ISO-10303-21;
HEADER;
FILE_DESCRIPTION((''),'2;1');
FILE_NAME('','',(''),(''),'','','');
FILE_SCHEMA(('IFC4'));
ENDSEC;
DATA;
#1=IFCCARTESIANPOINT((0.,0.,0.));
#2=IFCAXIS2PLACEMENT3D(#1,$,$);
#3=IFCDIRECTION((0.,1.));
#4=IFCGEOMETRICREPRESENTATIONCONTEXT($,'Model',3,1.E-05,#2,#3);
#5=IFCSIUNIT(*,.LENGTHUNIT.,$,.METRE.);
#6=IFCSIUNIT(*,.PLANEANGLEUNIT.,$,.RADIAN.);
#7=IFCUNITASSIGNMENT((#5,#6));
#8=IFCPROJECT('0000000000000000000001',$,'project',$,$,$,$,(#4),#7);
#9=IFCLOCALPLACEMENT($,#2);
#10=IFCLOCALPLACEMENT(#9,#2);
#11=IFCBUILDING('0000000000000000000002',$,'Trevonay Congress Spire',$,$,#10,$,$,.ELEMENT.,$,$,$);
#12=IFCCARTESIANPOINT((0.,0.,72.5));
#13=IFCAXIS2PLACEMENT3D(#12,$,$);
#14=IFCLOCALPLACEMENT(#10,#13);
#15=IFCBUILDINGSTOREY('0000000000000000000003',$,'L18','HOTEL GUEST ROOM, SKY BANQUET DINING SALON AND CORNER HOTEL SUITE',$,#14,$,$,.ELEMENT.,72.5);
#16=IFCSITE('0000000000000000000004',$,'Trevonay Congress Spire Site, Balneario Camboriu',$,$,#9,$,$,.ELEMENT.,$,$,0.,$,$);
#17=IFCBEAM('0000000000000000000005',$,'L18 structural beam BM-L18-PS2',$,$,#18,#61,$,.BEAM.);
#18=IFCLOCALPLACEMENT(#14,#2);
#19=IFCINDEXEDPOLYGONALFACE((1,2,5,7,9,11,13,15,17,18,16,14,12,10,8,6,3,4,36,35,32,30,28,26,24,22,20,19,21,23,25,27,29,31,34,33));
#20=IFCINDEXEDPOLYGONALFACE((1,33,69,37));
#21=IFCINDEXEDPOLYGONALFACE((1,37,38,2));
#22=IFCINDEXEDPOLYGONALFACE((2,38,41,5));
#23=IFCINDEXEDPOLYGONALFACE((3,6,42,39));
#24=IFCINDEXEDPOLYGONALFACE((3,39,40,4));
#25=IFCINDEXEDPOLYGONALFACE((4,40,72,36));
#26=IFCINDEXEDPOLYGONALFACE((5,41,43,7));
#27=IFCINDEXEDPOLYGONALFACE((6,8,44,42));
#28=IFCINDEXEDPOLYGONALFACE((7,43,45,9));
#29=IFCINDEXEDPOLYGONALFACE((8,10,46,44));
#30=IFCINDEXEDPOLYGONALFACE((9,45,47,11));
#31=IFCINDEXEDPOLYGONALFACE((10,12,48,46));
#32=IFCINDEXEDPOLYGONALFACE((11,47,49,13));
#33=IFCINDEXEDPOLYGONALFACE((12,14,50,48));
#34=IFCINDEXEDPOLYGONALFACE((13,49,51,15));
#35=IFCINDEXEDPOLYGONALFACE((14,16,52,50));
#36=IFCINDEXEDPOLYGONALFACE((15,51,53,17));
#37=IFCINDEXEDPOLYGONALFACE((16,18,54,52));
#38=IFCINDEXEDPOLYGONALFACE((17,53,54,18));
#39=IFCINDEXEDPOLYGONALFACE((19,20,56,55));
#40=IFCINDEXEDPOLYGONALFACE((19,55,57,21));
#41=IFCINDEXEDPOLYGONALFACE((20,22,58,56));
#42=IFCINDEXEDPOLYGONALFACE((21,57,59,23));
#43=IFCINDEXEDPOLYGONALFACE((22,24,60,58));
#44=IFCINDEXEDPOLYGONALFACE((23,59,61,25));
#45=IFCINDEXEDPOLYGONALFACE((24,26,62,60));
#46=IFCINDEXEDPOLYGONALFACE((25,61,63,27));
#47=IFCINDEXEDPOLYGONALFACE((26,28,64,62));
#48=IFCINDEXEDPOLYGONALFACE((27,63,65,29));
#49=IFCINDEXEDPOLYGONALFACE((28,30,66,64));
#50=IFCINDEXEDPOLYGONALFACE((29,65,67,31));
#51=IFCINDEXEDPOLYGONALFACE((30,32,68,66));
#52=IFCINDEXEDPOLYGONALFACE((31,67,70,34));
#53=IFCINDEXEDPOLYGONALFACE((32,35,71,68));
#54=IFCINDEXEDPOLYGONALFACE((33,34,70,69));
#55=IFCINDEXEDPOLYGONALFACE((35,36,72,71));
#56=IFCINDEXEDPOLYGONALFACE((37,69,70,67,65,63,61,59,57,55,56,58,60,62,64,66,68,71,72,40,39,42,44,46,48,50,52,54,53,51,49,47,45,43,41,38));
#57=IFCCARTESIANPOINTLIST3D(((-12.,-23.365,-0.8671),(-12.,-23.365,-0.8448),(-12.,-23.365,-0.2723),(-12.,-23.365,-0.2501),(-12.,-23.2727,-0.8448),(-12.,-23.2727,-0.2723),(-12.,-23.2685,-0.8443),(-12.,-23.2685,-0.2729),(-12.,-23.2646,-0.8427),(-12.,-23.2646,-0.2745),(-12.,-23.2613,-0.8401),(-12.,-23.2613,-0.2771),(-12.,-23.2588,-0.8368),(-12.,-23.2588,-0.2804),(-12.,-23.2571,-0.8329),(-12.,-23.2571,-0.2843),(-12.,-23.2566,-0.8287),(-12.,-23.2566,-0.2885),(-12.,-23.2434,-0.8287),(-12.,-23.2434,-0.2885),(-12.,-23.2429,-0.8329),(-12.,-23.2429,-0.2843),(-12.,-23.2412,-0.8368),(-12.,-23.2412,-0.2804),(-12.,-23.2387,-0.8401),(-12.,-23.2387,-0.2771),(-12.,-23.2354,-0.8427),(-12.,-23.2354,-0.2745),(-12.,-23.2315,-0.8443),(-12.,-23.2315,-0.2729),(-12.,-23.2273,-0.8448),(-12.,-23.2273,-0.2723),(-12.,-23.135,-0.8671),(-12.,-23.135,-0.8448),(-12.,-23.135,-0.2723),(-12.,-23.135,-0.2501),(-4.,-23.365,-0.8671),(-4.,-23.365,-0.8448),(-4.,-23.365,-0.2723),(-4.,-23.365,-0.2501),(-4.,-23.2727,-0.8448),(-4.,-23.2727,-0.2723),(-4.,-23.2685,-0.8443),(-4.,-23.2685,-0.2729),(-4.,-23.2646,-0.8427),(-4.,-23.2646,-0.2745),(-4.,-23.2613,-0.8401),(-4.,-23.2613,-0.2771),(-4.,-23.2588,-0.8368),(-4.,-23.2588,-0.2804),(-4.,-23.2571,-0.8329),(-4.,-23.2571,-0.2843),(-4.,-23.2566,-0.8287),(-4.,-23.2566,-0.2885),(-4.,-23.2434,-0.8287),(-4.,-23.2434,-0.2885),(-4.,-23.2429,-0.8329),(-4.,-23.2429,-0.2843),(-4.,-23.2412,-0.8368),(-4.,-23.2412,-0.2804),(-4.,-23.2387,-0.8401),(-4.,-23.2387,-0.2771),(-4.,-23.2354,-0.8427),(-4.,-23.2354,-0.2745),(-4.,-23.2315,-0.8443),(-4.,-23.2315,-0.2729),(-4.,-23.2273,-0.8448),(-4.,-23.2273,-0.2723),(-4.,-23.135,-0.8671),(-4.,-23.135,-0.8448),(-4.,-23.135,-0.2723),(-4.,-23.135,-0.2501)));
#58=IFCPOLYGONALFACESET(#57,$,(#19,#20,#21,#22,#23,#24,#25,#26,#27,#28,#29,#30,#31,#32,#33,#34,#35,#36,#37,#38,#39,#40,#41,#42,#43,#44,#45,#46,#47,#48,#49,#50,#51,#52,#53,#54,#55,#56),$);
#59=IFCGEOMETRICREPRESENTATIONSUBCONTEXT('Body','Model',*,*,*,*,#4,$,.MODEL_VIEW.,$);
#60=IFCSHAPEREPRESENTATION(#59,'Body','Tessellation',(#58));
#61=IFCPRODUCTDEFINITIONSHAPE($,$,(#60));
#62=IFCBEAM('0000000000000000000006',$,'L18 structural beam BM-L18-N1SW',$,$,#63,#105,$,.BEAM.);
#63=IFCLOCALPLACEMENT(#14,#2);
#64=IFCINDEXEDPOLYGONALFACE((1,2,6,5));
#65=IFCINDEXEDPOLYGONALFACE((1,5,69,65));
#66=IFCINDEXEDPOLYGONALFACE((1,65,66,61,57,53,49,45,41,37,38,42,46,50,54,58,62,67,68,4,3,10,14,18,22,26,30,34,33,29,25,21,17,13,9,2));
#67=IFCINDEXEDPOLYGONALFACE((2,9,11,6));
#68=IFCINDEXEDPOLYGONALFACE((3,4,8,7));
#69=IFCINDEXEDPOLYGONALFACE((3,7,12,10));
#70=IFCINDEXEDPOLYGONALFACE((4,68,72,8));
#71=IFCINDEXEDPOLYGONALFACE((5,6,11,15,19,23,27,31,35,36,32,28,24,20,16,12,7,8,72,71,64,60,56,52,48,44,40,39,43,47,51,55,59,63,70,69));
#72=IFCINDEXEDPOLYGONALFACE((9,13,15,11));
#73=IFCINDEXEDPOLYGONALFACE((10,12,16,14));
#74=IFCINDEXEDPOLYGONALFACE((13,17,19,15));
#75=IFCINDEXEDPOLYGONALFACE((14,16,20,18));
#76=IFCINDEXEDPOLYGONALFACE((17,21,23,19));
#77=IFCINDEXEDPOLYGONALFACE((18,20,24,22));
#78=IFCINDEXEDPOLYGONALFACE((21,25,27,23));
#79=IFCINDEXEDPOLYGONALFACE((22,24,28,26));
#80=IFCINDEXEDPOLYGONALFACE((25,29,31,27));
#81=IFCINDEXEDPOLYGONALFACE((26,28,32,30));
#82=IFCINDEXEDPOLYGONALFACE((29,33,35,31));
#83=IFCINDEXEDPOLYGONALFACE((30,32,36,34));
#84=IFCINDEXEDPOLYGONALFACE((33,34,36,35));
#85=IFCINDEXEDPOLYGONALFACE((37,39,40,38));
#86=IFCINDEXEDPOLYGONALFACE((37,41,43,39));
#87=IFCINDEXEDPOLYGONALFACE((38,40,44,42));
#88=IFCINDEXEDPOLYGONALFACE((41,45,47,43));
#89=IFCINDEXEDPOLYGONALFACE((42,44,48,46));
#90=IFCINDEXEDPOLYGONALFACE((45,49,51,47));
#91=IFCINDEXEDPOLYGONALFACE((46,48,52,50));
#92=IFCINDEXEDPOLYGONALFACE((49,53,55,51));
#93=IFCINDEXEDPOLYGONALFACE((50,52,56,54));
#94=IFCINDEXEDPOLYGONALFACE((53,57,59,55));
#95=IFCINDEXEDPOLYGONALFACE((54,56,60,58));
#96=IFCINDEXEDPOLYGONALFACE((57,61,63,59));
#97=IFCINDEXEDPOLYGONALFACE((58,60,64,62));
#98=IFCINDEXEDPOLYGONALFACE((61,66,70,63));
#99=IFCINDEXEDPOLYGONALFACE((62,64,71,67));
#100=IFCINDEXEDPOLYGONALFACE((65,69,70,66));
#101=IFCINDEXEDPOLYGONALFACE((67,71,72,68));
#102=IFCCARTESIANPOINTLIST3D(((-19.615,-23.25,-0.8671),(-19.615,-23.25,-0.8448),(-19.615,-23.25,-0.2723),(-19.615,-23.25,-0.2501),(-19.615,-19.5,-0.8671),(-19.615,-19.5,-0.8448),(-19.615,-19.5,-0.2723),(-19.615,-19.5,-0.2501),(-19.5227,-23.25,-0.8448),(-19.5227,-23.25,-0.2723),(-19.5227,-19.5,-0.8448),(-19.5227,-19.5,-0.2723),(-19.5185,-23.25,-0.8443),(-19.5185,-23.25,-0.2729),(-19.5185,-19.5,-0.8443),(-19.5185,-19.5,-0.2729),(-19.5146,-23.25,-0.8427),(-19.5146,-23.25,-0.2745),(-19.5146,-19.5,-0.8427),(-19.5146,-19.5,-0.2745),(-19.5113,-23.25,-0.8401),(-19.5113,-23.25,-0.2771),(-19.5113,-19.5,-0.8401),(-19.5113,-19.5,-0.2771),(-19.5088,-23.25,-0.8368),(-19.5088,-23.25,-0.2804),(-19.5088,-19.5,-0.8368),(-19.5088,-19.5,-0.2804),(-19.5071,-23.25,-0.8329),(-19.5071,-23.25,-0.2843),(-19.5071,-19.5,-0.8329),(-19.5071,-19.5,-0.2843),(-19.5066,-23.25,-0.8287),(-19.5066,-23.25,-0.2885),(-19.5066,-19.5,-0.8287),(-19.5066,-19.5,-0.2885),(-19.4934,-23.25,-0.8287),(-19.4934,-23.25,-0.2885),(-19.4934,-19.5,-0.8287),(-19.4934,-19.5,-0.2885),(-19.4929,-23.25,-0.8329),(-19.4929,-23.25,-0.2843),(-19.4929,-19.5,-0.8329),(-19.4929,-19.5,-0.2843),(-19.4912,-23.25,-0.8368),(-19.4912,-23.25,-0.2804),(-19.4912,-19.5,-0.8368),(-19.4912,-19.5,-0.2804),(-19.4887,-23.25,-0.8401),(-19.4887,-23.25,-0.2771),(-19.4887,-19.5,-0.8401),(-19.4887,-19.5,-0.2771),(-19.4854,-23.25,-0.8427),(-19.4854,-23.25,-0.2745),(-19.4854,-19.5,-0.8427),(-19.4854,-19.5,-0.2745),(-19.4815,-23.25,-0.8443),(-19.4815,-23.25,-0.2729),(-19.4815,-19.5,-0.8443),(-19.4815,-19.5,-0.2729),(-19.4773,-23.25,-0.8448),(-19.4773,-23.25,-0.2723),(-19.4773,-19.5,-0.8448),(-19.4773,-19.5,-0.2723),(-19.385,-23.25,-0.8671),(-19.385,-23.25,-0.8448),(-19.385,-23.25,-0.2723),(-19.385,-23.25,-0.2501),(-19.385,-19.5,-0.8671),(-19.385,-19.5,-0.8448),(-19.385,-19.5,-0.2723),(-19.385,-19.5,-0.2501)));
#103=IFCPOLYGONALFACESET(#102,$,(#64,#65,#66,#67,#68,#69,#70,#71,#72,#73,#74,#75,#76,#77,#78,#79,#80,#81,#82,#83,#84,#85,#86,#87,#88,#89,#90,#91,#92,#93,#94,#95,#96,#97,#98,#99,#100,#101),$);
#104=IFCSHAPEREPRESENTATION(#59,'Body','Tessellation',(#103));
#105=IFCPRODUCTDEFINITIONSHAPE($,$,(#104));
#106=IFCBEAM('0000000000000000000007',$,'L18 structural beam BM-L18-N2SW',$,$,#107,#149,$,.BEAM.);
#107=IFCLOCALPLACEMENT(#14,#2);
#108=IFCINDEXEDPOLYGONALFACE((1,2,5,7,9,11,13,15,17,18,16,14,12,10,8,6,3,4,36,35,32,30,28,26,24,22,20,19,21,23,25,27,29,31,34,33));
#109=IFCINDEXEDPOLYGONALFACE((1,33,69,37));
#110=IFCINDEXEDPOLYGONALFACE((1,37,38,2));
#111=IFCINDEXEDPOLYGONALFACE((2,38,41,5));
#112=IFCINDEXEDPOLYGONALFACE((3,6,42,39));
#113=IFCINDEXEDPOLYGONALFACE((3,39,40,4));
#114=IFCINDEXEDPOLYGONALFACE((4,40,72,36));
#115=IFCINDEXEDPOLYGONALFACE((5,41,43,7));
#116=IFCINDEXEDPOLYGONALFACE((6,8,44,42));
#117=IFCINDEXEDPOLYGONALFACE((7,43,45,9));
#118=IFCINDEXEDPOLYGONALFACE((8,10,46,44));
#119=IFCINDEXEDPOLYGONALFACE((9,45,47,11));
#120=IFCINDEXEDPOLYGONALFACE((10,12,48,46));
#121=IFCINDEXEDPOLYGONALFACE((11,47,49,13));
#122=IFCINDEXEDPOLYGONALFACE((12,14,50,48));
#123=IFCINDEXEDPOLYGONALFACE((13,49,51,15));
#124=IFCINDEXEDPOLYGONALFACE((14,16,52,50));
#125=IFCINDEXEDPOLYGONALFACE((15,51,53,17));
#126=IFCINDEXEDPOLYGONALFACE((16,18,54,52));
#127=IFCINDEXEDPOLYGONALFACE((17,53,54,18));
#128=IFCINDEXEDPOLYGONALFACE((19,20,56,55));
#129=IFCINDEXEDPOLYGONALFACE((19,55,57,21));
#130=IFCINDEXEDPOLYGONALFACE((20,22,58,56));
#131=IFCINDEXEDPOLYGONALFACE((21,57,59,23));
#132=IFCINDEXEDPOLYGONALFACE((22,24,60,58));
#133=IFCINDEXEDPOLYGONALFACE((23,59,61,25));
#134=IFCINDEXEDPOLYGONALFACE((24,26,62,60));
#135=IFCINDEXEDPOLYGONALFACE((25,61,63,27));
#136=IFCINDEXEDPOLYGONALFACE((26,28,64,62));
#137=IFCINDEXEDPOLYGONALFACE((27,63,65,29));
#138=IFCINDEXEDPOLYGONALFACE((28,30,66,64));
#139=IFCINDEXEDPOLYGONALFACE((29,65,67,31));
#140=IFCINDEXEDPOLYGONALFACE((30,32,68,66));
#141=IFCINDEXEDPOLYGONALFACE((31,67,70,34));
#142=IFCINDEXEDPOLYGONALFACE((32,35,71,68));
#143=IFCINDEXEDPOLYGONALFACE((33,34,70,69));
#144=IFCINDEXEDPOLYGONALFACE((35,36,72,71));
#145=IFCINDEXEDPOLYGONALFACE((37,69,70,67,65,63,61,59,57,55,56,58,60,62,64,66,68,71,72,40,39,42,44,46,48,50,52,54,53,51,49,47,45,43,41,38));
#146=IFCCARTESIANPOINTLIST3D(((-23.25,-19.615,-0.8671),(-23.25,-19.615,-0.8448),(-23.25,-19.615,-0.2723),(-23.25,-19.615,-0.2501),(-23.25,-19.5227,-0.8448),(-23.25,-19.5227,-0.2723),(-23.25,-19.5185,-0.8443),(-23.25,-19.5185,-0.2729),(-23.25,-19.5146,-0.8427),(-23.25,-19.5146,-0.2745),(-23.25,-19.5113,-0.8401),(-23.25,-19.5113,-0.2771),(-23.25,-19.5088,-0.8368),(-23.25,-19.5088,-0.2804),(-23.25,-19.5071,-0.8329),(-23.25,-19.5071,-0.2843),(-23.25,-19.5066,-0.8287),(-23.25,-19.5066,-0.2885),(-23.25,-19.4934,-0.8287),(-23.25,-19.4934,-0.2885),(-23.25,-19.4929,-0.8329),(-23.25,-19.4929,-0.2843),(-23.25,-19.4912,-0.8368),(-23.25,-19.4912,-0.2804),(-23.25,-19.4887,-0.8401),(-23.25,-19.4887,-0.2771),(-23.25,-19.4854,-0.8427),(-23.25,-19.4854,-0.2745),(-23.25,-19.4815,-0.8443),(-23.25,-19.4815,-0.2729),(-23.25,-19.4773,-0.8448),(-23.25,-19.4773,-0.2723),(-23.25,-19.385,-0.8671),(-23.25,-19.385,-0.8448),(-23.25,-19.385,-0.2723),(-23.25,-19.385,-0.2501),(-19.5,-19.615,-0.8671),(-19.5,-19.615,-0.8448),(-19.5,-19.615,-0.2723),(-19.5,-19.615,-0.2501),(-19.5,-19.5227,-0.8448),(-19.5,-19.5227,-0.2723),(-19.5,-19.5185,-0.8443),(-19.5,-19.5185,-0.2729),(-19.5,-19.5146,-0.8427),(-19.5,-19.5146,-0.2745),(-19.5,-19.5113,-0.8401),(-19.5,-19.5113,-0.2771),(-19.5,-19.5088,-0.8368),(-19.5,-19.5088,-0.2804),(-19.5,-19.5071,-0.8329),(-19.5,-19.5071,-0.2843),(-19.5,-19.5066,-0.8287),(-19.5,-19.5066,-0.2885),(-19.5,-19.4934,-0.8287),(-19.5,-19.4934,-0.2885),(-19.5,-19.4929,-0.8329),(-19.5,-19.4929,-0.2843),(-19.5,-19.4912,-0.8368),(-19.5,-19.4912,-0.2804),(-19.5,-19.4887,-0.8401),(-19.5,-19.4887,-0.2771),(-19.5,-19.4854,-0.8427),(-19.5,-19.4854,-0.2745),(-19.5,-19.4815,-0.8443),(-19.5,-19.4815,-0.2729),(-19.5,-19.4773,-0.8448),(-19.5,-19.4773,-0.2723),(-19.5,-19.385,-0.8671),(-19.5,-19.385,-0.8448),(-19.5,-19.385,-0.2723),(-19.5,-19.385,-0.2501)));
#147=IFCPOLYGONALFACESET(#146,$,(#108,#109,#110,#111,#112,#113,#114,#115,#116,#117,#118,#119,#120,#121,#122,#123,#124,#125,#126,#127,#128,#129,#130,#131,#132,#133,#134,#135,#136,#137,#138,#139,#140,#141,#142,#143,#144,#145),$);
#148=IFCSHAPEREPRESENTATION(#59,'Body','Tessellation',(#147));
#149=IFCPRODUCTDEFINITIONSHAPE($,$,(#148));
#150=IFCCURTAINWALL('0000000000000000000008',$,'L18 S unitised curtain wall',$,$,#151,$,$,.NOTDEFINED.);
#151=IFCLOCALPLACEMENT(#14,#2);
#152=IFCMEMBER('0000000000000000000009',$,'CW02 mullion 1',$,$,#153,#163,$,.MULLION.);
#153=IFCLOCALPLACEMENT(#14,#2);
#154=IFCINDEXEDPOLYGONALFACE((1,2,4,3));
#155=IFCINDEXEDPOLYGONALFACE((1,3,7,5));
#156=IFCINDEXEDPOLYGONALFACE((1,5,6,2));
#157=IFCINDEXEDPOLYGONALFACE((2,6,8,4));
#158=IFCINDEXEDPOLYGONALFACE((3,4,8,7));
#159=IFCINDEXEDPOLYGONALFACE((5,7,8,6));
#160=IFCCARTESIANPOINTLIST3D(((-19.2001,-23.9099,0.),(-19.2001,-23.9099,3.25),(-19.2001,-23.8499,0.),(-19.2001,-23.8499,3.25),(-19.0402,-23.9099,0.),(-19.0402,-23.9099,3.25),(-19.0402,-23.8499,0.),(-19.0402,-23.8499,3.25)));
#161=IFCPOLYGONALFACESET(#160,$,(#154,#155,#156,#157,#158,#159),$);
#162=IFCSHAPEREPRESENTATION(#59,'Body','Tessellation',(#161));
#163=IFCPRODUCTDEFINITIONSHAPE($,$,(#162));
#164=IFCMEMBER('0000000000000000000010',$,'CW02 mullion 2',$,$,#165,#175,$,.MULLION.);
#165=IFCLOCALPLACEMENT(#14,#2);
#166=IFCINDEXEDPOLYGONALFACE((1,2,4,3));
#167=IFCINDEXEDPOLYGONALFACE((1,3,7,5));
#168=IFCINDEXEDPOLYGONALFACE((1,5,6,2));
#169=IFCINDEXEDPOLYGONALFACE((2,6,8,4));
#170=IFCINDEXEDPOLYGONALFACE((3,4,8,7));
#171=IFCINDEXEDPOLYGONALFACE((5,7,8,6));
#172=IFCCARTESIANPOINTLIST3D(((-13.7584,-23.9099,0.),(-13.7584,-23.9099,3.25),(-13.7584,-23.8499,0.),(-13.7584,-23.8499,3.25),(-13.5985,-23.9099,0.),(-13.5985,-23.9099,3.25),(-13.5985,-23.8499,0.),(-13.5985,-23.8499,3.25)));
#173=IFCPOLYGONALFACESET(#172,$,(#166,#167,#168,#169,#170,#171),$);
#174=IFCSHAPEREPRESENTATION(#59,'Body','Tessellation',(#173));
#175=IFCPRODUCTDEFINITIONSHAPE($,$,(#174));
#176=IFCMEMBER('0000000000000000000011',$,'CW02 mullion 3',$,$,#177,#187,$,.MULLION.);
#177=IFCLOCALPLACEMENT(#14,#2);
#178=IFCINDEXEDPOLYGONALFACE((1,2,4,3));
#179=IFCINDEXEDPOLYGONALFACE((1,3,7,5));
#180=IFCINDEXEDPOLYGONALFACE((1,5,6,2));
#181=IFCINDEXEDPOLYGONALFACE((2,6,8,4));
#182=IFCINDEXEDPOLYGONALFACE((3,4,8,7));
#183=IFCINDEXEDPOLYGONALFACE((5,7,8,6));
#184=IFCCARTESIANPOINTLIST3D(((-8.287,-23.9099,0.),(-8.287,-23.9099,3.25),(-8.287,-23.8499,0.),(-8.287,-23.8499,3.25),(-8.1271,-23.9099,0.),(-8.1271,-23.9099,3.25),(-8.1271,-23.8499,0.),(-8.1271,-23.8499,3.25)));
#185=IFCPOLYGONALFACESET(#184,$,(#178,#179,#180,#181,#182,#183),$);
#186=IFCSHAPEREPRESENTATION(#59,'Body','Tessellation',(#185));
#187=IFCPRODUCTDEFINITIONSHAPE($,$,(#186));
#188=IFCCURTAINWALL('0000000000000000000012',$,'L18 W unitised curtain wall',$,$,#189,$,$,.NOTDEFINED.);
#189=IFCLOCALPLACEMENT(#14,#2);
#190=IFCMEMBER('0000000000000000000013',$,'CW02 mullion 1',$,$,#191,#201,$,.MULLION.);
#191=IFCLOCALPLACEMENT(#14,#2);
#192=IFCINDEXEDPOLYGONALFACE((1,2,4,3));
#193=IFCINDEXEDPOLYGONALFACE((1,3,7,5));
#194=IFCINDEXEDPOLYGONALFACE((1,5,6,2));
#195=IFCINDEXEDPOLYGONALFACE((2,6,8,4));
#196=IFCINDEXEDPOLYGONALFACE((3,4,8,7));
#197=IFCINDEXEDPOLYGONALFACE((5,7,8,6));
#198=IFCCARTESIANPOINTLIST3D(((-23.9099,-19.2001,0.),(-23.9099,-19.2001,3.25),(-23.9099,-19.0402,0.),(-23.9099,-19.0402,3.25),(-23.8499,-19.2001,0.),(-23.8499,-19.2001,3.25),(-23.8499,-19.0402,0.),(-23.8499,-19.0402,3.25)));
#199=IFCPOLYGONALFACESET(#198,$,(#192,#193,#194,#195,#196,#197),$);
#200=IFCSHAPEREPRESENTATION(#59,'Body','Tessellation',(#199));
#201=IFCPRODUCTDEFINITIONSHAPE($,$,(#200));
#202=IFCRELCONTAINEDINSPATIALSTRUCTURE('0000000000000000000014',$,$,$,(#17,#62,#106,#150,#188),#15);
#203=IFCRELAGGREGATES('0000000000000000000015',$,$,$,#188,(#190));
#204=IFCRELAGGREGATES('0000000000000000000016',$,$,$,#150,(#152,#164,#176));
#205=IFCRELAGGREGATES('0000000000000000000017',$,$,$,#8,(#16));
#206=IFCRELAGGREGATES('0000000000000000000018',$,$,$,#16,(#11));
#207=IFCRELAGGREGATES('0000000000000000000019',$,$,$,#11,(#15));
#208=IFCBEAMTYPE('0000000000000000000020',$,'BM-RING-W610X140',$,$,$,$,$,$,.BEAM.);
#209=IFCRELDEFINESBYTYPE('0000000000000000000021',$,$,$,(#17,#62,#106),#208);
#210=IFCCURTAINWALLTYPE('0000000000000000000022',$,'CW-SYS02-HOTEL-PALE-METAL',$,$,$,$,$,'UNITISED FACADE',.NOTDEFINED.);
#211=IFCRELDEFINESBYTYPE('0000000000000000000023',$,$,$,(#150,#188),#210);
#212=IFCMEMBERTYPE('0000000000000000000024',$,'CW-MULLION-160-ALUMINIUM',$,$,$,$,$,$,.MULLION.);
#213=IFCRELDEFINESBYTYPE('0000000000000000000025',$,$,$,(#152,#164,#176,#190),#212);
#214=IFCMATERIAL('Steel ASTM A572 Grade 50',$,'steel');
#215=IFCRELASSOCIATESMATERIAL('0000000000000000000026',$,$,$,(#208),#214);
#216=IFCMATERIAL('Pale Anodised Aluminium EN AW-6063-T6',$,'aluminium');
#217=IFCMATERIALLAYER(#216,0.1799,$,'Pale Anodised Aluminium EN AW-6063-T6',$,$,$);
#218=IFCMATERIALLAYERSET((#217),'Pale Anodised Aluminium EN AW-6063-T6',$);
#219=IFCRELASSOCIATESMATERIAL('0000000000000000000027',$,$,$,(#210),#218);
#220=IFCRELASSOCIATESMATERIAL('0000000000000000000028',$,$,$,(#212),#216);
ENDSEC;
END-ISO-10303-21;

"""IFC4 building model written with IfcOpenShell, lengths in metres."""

from ifc_helpers import new_model, si_unit, direction, frame, origin, origin_2d, place, context, subcontext, project, spatial, rectangle, i_section, extrude, material, layer, layer_set, material_profile, profile_set, type_object, element, aggregate, save


model = new_model("IFC4")

# Units and contexts
model_context = context("Model", 3, precision=1e-05, world=origin(), true_north=direction((0.0, 1.0)))
body_context = subcontext(model_context, "Body", "Model", "MODEL_VIEW")
ifc_project = project(units=[si_unit("LENGTHUNIT", "METRE"), si_unit("PLANEANGLEUNIT", "RADIAN")], contexts=[model_context])

# Site, building, storey
site_placement = place(None, origin())
site = spatial("IfcSite", under=ifc_project, at=site_placement, Name="Trevonay Congress Spire Site, Balneario Camboriu", CompositionType="ELEMENT", RefElevation=0.0)
building_placement = place(site_placement, origin())
building = spatial("IfcBuilding", under=site, at=building_placement, Name="Trevonay Congress Spire", CompositionType="ELEMENT")
storey_placement = place(building_placement, frame((0.0, 0.0, 72.5)))
storey = spatial("IfcBuildingStorey", under=building, at=storey_placement, Name="L18", Description="HOTEL GUEST ROOM, SKY BANQUET DINING SALON AND CORNER HOTEL SUITE", CompositionType="ELEMENT", Elevation=72.5)

# Shared definitions
ifc_material_1 = material(Name="Steel ASTM A572 Grade 50", Category="steel")

# Beams
ifc_material_profile_1 = material_profile(ifc_material_1, i_section(OverallWidth=0.23, OverallDepth=0.6169, WebThickness=0.0132, FlangeThickness=0.0222, FilletRadius=0.0161, at=origin_2d()), Name="W610x140")
ifc_profile_set_1 = profile_set([ifc_material_profile_1], Name="Steel ASTM A572 Grade 50")
beam_type = type_object("IfcBeamType", Name="BM-RING-W610X140", PredefinedType="BEAM", material=ifc_profile_set_1)
beam_placement = place(storey_placement, frame((-12.0, -23.25, -0.5586), z_axis=(1.0, 0.0, 0.0), x_axis=(0.0, 1.0, 0.0)))
element("IfcBeam", 1, at=beam_placement, inside=storey, type_object=beam_type, Name="L18 structural beam BM-L18-PS2", PredefinedType="BEAM", context=body_context, shape_type="SweptSolid", body=[
    extrude(i_section(OverallWidth=0.23, OverallDepth=0.6169, WebThickness=0.0132, FlangeThickness=0.0222, FilletRadius=0.0161, at=origin_2d()), origin(), (0.0, 0.0, 1.0), 8.0),
])
for number, where, z_axis, x_axis, name in (
    (2, (-19.5, -23.25, -0.5586), (0.0, 1.0, 0.0), (-1.0, 0.0, 0.0), "L18 structural beam BM-L18-N1SW"),
    (3, (-23.25, -19.5, -0.5586), (1.0, 0.0, 0.0), (0.0, 1.0, 0.0), "L18 structural beam BM-L18-N2SW"),
):
    element("IfcBeam", number, at=place(storey_placement, frame(where, z_axis=z_axis, x_axis=x_axis)), inside=storey, type_object=beam_type, Name=name, PredefinedType="BEAM", context=body_context, shape_type="SweptSolid", body=[
        extrude(i_section(OverallWidth=0.23, OverallDepth=0.6169, WebThickness=0.0132, FlangeThickness=0.0222, FilletRadius=0.0161, at=origin_2d()), origin(), (0.0, 0.0, 1.0), 3.75),
    ])

# Curtain wall, members
ifc_material_2 = material(Name="Pale Anodised Aluminium EN AW-6063-T6", Category="aluminium")
ifc_layer_1 = layer(ifc_material_2, 0.1799, Name="Pale Anodised Aluminium EN AW-6063-T6")
ifc_layer_set_1 = layer_set([ifc_layer_1], Name="Pale Anodised Aluminium EN AW-6063-T6")
curtain_wall_type = type_object("IfcCurtainWallType", Name="CW-SYS02-HOTEL-PALE-METAL", ElementType="UNITISED FACADE", PredefinedType="NOTDEFINED", material=ifc_layer_set_1)
curtain_wall_1_placement = place(storey_placement, origin())
curtain_wall_1 = element("IfcCurtainWall", 4, at=curtain_wall_1_placement, inside=storey, type_object=curtain_wall_type, Name="L18 S unitised curtain wall", PredefinedType="NOTDEFINED")
ifc_material_profile_2 = material_profile(ifc_material_2, rectangle(XDim=0.0601, YDim=0.1599, at=origin_2d()), Name="CW-MULLION-160-ALUMINIUM")
ifc_profile_set_2 = profile_set([ifc_material_profile_2], Name="Pale Anodised Aluminium EN AW-6063-T6")
member_type_1 = type_object("IfcMemberType", Name="CW-MULLION-160-ALUMINIUM", PredefinedType="MULLION", material=ifc_profile_set_2)
member_1_placement = place(storey_placement, frame((-19.1201, -23.8799, 0.0), z_axis=(0.0, 0.0, 1.0), x_axis=(0.0, 1.0, 0.0)))
member_1 = element("IfcMember", 5, at=member_1_placement, type_object=member_type_1, Name="CW02 mullion 1", PredefinedType="MULLION", context=body_context, shape_type="SweptSolid", body=[
    extrude(rectangle(XDim=0.0601, YDim=0.1599, at=origin_2d()), origin(), (0.0, 0.0, 1.0), 3.25),
])
member_2_placement = place(storey_placement, frame((-13.6785, -23.8799, 0.0), z_axis=(0.0, 0.0, 1.0), x_axis=(0.0, 1.0, 0.0)))
member_2 = element("IfcMember", 6, at=member_2_placement, type_object=member_type_1, Name="CW02 mullion 2", PredefinedType="MULLION", context=body_context, shape_type="SweptSolid", body=[
    extrude(rectangle(XDim=0.0601, YDim=0.1599, at=origin_2d()), origin(), (0.0, 0.0, 1.0), 3.25),
])
member_3_placement = place(storey_placement, frame((-8.207, -23.8799, 0.0), z_axis=(0.0, 0.0, 1.0), x_axis=(0.0, 1.0, 0.0)))
member_3 = element("IfcMember", 7, at=member_3_placement, type_object=member_type_1, Name="CW02 mullion 3", PredefinedType="MULLION", context=body_context, shape_type="SweptSolid", body=[
    extrude(rectangle(XDim=0.0601, YDim=0.1599, at=origin_2d()), origin(), (0.0, 0.0, 1.0), 3.25),
])

# Curtain wall, member
curtain_wall_2_placement = place(storey_placement, origin())
curtain_wall_2 = element("IfcCurtainWall", 8, at=curtain_wall_2_placement, inside=storey, type_object=curtain_wall_type, Name="L18 W unitised curtain wall", PredefinedType="NOTDEFINED")
member_4_placement = place(storey_placement, frame((-23.8799, -19.1201, 0.0), z_axis=(0.0, 0.0, 1.0), x_axis=(-1.0, 0.0, 0.0)))
member_4 = element("IfcMember", 9, at=member_4_placement, type_object=member_type_1, Name="CW02 mullion 1", PredefinedType="MULLION", context=body_context, shape_type="SweptSolid", body=[
    extrude(rectangle(XDim=0.0601, YDim=0.1599, at=origin_2d()), origin(), (0.0, 0.0, 1.0), 3.25),
])

aggregate(curtain_wall_2, [member_4])

aggregate(curtain_wall_1, [member_1, member_2, member_3])

save(model, "model.ifc")
